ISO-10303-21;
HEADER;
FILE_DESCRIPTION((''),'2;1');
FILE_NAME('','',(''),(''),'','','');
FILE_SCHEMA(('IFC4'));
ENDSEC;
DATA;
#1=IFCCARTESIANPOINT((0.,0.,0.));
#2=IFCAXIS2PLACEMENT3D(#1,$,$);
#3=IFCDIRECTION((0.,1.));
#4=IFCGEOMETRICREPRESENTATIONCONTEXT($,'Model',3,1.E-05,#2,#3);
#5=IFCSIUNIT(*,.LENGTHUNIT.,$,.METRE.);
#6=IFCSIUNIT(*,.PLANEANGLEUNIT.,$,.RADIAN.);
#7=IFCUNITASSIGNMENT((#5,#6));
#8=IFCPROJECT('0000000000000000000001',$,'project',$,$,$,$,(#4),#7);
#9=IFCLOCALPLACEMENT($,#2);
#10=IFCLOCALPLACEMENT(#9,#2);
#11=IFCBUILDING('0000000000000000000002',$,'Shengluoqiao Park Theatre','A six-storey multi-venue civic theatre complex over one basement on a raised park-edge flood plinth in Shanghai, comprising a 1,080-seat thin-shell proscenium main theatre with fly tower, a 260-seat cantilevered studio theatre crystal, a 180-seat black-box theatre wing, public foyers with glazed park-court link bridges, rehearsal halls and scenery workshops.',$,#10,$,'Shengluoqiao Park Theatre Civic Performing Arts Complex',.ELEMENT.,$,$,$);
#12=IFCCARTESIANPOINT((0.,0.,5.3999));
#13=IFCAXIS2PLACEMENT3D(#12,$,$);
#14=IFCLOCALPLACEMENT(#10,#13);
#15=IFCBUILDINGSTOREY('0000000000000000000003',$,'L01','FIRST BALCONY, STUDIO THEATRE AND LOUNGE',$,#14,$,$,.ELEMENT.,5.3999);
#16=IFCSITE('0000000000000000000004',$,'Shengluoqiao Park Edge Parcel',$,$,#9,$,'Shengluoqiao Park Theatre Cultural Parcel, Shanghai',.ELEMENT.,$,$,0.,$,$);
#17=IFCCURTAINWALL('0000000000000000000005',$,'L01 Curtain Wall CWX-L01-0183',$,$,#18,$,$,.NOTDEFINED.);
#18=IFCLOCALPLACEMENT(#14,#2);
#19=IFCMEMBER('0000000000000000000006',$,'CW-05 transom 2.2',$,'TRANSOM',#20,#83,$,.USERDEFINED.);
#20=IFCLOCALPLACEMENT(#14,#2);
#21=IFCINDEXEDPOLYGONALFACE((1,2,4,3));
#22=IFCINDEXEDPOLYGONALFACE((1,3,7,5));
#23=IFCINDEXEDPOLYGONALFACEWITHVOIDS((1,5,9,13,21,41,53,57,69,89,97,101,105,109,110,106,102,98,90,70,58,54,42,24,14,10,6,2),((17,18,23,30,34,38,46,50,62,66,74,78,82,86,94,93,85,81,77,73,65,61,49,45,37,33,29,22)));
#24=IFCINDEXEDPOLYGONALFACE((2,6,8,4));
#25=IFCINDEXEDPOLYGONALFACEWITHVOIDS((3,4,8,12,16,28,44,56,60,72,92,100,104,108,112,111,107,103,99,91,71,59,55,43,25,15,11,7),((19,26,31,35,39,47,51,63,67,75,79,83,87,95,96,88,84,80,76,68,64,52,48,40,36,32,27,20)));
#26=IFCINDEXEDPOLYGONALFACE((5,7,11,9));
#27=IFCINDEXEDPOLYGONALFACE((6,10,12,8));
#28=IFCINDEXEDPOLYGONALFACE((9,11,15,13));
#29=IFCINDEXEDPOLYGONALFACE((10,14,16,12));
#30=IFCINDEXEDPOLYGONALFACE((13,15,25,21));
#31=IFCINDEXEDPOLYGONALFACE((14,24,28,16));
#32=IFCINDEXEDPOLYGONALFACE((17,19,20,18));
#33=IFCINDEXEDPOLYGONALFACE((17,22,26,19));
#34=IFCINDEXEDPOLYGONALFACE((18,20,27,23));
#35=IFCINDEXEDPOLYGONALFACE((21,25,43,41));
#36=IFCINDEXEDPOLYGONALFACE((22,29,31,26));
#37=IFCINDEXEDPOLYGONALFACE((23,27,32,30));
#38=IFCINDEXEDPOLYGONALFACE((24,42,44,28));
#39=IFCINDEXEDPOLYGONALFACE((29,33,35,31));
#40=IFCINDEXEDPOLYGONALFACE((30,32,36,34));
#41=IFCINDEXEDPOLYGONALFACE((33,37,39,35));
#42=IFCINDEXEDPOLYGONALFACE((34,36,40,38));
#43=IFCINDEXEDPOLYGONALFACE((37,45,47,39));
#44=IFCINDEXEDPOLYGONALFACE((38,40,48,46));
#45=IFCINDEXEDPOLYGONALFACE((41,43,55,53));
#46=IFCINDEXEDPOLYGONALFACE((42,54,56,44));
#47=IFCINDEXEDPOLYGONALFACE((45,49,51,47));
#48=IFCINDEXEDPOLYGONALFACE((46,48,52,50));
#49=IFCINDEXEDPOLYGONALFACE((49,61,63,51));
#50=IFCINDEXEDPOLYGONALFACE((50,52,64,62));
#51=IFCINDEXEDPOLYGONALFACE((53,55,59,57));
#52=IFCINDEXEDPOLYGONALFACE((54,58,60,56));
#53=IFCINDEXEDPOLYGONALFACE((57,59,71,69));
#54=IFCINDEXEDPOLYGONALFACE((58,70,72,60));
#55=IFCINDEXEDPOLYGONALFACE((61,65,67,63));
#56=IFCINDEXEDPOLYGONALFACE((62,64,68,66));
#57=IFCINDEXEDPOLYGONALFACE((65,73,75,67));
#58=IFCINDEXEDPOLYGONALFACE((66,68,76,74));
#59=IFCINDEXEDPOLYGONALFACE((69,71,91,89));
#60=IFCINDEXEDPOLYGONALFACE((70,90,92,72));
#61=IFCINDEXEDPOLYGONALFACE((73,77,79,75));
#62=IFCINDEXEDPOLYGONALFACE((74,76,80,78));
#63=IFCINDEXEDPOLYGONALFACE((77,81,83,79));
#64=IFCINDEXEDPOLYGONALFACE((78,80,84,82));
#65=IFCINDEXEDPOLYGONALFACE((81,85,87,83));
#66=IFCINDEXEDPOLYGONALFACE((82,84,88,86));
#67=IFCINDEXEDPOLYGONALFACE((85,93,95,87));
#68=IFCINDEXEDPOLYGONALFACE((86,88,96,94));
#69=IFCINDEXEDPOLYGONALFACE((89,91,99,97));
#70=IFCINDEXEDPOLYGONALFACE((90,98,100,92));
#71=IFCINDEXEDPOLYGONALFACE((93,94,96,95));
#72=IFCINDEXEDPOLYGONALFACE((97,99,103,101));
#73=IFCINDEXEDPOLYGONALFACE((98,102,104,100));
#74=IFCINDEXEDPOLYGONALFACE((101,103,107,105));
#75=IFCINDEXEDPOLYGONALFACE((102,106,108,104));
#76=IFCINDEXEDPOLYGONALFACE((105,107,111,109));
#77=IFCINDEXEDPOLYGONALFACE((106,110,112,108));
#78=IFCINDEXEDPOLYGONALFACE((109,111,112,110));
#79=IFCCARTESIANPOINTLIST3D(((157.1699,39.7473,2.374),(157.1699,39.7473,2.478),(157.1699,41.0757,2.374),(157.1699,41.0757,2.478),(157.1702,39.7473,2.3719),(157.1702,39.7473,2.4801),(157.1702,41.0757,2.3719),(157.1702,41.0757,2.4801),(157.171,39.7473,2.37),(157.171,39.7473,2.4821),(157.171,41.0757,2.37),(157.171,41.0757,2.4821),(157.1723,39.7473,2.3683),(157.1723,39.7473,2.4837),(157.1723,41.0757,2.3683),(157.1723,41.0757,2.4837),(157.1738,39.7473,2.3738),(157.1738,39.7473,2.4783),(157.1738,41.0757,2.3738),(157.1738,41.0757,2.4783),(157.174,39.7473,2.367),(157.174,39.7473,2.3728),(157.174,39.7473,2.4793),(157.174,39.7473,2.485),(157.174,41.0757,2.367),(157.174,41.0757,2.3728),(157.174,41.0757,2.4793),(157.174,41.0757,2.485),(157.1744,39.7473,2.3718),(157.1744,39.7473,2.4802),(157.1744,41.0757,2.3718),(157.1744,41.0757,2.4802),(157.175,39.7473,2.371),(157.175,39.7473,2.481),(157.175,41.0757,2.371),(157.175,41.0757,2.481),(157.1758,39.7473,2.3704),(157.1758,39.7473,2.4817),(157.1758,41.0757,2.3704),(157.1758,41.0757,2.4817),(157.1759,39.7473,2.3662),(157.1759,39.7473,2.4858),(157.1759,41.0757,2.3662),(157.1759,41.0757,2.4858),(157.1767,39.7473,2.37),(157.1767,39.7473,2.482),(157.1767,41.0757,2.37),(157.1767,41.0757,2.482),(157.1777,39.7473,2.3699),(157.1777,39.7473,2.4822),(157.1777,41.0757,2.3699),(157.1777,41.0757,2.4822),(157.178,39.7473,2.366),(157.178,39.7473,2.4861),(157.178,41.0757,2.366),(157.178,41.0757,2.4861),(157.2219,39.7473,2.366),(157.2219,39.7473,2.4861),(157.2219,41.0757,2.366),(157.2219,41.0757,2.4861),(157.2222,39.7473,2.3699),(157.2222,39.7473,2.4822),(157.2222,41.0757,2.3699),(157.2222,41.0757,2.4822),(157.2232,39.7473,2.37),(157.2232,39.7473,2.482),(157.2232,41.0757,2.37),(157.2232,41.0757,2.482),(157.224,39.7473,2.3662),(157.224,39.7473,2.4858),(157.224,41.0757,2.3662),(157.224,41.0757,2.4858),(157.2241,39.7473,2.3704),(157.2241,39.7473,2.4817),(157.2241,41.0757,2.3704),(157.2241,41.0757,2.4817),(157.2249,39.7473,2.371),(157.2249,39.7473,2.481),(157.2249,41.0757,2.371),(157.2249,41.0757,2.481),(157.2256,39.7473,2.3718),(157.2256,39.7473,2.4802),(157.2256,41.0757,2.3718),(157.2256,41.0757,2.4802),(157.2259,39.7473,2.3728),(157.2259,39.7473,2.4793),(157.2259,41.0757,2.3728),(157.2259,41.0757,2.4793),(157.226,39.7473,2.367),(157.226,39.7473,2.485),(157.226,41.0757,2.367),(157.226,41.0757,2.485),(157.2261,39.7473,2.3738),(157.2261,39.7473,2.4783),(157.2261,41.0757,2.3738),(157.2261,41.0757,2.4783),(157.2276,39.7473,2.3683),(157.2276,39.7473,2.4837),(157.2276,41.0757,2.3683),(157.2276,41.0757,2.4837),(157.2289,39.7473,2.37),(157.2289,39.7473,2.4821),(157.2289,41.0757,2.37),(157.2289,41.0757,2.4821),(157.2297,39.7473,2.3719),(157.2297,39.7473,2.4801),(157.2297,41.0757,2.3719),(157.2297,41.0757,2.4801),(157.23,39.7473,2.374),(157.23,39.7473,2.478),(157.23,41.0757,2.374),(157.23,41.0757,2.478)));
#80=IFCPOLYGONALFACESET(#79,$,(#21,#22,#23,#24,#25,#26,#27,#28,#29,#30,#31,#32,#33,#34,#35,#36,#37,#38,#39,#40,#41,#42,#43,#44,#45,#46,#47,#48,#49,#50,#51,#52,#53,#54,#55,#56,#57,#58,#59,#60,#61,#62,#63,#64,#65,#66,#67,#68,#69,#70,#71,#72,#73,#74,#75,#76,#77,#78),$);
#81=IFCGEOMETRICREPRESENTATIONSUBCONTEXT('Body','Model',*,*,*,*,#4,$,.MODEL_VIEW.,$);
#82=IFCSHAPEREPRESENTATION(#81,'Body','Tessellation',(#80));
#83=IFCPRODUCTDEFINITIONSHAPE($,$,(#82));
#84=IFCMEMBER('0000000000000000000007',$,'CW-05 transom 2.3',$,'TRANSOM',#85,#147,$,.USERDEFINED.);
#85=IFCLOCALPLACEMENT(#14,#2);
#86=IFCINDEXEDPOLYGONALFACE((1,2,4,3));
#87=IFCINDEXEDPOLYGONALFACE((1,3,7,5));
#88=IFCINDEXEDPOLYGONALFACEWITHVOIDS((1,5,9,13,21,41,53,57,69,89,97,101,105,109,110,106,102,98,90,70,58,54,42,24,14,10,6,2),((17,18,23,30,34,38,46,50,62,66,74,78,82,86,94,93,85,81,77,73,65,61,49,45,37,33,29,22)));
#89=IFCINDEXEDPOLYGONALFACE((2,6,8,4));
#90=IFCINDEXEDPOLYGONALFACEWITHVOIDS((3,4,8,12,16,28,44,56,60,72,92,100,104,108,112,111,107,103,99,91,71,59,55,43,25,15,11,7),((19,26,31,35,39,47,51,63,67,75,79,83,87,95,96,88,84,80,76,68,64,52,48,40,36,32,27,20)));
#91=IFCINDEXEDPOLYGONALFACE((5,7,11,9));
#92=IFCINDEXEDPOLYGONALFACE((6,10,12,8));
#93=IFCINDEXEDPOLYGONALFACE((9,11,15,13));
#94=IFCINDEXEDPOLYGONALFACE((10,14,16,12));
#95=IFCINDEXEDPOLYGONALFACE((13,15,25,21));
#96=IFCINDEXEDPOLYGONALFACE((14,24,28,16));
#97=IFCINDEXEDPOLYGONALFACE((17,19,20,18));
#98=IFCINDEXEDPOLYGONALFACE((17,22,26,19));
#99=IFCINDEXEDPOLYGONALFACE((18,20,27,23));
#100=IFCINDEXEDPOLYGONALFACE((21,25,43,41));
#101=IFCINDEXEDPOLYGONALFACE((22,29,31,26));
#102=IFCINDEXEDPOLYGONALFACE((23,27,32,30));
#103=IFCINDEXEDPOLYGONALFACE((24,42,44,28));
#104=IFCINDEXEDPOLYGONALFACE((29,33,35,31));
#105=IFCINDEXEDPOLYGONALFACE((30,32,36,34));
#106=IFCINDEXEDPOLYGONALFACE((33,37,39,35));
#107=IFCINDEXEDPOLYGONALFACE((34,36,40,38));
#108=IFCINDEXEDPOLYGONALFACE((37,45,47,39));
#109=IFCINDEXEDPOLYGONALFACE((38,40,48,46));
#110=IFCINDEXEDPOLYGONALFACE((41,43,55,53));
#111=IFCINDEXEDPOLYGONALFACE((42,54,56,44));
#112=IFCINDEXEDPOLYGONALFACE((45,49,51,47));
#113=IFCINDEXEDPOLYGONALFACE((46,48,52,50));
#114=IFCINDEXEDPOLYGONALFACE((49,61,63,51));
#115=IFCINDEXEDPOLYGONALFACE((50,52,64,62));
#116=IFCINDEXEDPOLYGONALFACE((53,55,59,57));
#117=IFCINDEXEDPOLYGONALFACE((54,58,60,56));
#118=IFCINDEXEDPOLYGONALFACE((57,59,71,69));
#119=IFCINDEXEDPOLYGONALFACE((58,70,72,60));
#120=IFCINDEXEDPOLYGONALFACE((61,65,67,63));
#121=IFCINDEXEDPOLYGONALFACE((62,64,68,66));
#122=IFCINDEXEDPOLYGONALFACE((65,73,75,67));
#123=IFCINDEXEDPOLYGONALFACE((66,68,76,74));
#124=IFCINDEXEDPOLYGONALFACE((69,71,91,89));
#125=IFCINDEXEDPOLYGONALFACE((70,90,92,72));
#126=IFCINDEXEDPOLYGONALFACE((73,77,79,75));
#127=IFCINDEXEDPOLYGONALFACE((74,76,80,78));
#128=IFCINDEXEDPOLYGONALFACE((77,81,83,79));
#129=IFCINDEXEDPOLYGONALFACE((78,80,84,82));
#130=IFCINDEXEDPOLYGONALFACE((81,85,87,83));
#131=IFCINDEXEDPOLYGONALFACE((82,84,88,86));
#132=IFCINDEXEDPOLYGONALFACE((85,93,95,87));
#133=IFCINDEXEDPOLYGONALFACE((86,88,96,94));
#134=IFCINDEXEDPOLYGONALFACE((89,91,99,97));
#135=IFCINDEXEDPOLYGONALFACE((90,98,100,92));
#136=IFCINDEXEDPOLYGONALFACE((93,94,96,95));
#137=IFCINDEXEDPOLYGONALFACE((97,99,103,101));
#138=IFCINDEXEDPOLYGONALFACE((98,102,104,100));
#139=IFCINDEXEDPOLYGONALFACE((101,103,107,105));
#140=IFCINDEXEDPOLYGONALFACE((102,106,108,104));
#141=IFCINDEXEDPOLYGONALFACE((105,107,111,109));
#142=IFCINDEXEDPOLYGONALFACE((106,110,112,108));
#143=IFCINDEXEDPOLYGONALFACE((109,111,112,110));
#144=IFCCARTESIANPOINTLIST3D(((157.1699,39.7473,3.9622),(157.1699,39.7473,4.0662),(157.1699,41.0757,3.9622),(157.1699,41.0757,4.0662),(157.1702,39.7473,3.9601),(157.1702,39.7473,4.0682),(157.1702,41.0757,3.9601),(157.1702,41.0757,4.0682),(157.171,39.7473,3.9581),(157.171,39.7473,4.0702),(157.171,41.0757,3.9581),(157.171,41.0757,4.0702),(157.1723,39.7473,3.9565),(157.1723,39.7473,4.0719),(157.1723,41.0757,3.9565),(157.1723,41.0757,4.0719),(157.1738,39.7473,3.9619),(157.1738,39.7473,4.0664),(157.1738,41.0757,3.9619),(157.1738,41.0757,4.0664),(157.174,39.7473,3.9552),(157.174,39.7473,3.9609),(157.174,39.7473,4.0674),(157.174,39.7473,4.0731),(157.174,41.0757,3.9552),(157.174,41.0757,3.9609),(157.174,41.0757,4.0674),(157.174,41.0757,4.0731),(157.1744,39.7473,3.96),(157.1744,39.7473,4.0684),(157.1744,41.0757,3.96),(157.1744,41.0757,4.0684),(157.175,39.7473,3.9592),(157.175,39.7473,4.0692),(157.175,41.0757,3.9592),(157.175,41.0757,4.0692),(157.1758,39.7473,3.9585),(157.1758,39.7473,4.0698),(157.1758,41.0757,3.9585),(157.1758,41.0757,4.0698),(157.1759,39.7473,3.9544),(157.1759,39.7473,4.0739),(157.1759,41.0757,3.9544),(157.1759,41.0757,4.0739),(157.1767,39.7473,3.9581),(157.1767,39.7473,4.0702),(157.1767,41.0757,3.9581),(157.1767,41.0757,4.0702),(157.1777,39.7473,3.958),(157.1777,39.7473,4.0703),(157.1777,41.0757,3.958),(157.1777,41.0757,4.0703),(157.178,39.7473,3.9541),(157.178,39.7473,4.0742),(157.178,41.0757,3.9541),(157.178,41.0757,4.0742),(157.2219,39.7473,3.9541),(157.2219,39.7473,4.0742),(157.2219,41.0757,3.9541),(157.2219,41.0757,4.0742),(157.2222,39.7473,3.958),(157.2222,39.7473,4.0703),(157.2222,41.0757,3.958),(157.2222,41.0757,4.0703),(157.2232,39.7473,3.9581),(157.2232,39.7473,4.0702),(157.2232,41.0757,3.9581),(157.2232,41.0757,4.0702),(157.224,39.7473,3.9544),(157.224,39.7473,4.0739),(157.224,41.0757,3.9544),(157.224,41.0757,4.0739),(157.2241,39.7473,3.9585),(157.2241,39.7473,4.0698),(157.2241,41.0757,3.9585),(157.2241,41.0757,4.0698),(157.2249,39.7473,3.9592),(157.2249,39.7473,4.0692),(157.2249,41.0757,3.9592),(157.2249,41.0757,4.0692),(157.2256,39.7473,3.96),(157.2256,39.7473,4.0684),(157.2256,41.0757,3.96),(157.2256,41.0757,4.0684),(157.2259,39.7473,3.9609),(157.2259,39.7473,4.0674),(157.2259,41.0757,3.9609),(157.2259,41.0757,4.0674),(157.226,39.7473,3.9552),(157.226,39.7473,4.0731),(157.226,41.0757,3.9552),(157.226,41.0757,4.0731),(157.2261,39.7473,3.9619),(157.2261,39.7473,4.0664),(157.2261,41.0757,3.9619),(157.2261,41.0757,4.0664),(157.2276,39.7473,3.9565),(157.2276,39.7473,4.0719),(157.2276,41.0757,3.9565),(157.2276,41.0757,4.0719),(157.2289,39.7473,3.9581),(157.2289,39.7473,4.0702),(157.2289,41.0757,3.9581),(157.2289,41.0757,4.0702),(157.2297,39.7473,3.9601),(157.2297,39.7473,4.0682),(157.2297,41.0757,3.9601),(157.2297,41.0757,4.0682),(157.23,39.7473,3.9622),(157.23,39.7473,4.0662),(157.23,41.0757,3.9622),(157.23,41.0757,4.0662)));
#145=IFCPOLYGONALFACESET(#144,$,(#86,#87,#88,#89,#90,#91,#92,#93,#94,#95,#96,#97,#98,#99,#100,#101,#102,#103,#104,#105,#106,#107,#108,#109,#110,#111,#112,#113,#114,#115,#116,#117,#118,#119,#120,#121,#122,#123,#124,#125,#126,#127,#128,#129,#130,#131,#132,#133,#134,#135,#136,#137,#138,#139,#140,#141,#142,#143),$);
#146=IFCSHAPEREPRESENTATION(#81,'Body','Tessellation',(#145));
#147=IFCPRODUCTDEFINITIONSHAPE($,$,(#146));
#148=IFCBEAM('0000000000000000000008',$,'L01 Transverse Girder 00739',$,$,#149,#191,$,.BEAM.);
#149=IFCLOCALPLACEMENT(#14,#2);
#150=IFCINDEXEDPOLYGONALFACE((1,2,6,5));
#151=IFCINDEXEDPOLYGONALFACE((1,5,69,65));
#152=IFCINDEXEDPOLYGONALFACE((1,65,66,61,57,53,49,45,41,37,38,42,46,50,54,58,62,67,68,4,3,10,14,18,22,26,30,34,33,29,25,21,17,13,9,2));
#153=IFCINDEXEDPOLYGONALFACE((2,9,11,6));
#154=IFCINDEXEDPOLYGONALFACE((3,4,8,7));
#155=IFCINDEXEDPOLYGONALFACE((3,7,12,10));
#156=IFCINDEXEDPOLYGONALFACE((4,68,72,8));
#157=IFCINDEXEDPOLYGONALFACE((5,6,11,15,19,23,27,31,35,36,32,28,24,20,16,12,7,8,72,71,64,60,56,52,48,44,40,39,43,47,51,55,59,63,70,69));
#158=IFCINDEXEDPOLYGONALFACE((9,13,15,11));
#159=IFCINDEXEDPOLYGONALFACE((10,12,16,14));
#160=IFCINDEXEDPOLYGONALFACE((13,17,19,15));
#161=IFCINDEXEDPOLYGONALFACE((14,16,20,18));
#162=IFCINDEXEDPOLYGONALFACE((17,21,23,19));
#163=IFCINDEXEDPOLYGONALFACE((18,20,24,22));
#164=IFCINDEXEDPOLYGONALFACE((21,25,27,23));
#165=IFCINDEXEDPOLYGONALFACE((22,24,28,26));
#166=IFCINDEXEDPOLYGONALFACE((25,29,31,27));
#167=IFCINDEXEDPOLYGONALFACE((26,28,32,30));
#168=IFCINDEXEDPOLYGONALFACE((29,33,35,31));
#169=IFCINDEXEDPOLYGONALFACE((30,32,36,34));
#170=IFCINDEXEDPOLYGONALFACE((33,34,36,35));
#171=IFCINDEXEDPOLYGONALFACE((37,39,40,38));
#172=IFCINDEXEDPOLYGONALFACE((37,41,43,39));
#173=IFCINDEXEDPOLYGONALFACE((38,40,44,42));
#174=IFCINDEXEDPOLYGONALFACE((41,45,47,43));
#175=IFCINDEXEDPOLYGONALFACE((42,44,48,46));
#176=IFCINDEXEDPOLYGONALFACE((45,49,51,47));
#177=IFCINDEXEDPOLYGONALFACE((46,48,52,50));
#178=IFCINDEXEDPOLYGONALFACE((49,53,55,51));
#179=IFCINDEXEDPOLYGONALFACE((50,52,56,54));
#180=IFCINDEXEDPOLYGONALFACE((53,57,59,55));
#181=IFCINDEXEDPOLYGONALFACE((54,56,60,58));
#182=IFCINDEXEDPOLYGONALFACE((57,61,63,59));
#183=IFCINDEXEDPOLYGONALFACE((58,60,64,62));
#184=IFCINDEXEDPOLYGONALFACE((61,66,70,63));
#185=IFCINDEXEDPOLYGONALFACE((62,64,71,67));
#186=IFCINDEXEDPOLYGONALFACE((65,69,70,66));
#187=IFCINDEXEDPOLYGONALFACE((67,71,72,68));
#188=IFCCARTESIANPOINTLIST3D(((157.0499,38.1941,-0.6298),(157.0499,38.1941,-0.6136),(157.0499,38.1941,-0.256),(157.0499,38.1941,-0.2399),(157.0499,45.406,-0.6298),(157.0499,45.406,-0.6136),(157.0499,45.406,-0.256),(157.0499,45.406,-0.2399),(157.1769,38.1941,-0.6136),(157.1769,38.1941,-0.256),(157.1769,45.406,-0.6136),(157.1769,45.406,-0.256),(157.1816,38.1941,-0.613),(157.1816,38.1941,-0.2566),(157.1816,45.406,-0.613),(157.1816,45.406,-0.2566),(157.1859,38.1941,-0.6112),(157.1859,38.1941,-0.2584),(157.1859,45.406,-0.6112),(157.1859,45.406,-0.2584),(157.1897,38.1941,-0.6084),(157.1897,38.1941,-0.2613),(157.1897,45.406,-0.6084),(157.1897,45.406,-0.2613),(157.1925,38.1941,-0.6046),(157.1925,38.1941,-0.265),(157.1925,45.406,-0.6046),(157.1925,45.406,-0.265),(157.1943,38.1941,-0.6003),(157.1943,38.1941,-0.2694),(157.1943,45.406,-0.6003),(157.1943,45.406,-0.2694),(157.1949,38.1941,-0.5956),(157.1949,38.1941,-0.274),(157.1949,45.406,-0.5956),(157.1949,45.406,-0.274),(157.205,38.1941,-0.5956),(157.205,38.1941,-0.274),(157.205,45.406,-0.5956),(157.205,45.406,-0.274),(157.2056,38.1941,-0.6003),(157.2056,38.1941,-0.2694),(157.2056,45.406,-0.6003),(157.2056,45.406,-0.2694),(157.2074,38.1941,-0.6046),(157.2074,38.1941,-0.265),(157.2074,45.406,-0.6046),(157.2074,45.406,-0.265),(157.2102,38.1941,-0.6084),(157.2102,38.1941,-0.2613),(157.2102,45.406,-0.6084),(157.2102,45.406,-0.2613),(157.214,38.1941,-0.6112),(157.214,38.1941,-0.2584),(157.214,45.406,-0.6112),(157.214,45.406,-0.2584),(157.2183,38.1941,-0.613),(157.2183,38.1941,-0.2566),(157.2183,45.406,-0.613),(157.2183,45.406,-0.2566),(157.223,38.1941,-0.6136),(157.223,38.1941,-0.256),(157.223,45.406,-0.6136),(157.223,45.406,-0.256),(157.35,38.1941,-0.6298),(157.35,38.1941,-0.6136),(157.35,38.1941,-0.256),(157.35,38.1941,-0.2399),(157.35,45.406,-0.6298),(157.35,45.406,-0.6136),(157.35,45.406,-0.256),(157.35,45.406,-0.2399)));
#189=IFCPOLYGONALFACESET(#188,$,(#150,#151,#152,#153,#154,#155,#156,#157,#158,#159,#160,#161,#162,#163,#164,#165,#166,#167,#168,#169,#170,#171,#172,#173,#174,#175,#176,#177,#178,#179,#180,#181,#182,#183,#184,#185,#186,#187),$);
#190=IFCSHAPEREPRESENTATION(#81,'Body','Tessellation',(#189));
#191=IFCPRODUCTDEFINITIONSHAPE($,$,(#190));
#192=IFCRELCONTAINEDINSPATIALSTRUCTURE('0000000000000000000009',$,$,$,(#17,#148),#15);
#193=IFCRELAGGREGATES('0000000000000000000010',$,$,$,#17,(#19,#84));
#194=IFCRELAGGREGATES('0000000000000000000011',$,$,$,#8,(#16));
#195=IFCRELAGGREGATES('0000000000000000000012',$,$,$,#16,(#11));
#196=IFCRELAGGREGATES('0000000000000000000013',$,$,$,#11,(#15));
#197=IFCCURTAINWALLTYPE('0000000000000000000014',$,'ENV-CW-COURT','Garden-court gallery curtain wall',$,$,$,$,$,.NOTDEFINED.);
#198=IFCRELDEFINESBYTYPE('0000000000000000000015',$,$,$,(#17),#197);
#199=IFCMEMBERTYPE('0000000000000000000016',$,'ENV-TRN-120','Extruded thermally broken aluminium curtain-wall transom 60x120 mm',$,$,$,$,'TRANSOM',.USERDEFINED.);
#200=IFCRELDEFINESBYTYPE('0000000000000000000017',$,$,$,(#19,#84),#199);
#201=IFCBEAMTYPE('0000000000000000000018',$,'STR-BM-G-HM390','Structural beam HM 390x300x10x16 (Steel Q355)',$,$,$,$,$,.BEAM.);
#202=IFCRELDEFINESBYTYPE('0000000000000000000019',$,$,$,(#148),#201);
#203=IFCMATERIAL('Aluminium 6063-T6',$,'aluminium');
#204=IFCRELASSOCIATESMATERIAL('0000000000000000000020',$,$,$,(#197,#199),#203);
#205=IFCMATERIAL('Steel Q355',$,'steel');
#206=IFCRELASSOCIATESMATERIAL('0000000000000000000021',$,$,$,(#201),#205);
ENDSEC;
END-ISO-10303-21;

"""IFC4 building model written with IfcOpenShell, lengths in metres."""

from ifc_helpers import new_model, si_unit, direction, frame, origin, origin_2d, place, context, subcontext, project, spatial, hollow_rectangle, i_section, extrude, material, material_profile, profile_set, type_object, element, aggregate, save


model = new_model("IFC4")

# Units and contexts
model_context = context("Model", 3, precision=1e-05, world=origin(), true_north=direction((0.0, 1.0)))
body_context = subcontext(model_context, "Body", "Model", "MODEL_VIEW")
ifc_project = project(units=[si_unit("LENGTHUNIT", "METRE"), si_unit("PLANEANGLEUNIT", "RADIAN")], contexts=[model_context])

# Site, building, storey
site_placement = place(None, origin())
site = spatial("IfcSite", under=ifc_project, at=site_placement, Name="Shengluoqiao Park Edge Parcel", LongName="Shengluoqiao Park Theatre Cultural Parcel, Shanghai", CompositionType="ELEMENT", RefElevation=0.0)
building_placement = place(site_placement, origin())
building = spatial("IfcBuilding", under=site, at=building_placement, Name="Shengluoqiao Park Theatre", Description="A six-storey multi-venue civic theatre complex over one basement on a raised park-edge flood plinth in Shanghai, comprising a 1,080-seat thin-shell proscenium main theatre with fly tower, a 260-seat cantilevered studio theatre crystal, a 180-seat black-box theatre wing, public foyers with glazed park-court link bridges, rehearsal halls and scenery workshops.", LongName="Shengluoqiao Park Theatre Civic Performing Arts Complex", CompositionType="ELEMENT")
storey_placement = place(building_placement, frame((0.0, 0.0, 5.3999)))
storey = spatial("IfcBuildingStorey", under=building, at=storey_placement, Name="L01", Description="FIRST BALCONY, STUDIO THEATRE AND LOUNGE", CompositionType="ELEMENT", Elevation=5.3999)

# Curtain wall
ifc_material_1 = material(Name="Aluminium 6063-T6", Category="aluminium")
curtain_wall_type = type_object("IfcCurtainWallType", Name="ENV-CW-COURT", Description="Garden-court gallery curtain wall", PredefinedType="NOTDEFINED", material=ifc_material_1)
curtain_wall_1_placement = place(storey_placement, origin())
curtain_wall_1 = element("IfcCurtainWall", 1, at=curtain_wall_1_placement, inside=storey, type_object=curtain_wall_type, Name="L01 Curtain Wall CWX-L01-0183", PredefinedType="NOTDEFINED")

# Members
ifc_material_profile_1 = material_profile(ifc_material_1, hollow_rectangle(XDim=0.0601, YDim=0.1201, WallThickness=0.0039, InnerFilletRadius=0.0039, OuterFilletRadius=0.0081, at=origin_2d()), Name="ALU TRANSOM 120x60x4")
ifc_profile_set_1 = profile_set([ifc_material_profile_1], Name="Aluminium 6063-T6")
member_type_1 = type_object("IfcMemberType", Name="ENV-TRN-120", Description="Extruded thermally broken aluminium curtain-wall transom 60x120 mm", ElementType="TRANSOM", PredefinedType="USERDEFINED", material=ifc_profile_set_1)
member_1_placement = place(storey_placement, frame((157.2, 39.7473, 2.426), z_axis=(0.0, 1.0, 0.0), x_axis=(-1.0, 0.0, 0.0)))
member_1 = element("IfcMember", 2, at=member_1_placement, type_object=member_type_1, Name="CW-05 transom 2.2", ObjectType="TRANSOM", PredefinedType="USERDEFINED", context=body_context, shape_type="SweptSolid", body=[
    extrude(hollow_rectangle(XDim=0.0601, YDim=0.1201, WallThickness=0.0039, InnerFilletRadius=0.0039, OuterFilletRadius=0.0081, at=origin_2d()), origin(), (0.0, 0.0, 1.0), 1.3284),
])
member_2_placement = place(storey_placement, frame((157.2, 39.7473, 4.0142), z_axis=(0.0, 1.0, 0.0), x_axis=(-1.0, 0.0, 0.0)))
member_2 = element("IfcMember", 3, at=member_2_placement, type_object=member_type_1, Name="CW-05 transom 2.3", ObjectType="TRANSOM", PredefinedType="USERDEFINED", context=body_context, shape_type="SweptSolid", body=[
    extrude(hollow_rectangle(XDim=0.0601, YDim=0.1201, WallThickness=0.0039, InnerFilletRadius=0.0039, OuterFilletRadius=0.0081, at=origin_2d()), origin(), (0.0, 0.0, 1.0), 1.3284),
])

# Beam
ifc_material_2 = material(Name="Steel Q355", Category="steel")
ifc_material_profile_2 = material_profile(ifc_material_2, i_section(OverallWidth=0.3, OverallDepth=0.3899, WebThickness=0.01, FlangeThickness=0.0161, FilletRadius=0.0181, at=origin_2d()), Name="HM 390x300x10x16")
ifc_profile_set_2 = profile_set([ifc_material_profile_2], Name="Steel Q355")
beam_type_1 = type_object("IfcBeamType", Name="STR-BM-G-HM390", Description="Structural beam HM 390x300x10x16 (Steel Q355)", PredefinedType="BEAM", material=ifc_profile_set_2)
for number, where, z_axis, x_axis, name in (
    (4, (157.2, 38.1941, -0.4348), (0.0, 1.0, 0.0), (-1.0, 0.0, 0.0), "L01 Transverse Girder 00739"),
):
    element("IfcBeam", number, at=place(storey_placement, frame(where, z_axis=z_axis, x_axis=x_axis)), inside=storey, type_object=beam_type_1, Name=name, PredefinedType="BEAM", context=body_context, shape_type="SweptSolid", body=[
        extrude(i_section(OverallWidth=0.3, OverallDepth=0.3899, WebThickness=0.01, FlangeThickness=0.0161, FilletRadius=0.0181, at=origin_2d()), origin(), (0.0, 0.0, 1.0), 7.2119),
    ])

aggregate(curtain_wall_1, [member_1, member_2])

save(model, "model.ifc")
